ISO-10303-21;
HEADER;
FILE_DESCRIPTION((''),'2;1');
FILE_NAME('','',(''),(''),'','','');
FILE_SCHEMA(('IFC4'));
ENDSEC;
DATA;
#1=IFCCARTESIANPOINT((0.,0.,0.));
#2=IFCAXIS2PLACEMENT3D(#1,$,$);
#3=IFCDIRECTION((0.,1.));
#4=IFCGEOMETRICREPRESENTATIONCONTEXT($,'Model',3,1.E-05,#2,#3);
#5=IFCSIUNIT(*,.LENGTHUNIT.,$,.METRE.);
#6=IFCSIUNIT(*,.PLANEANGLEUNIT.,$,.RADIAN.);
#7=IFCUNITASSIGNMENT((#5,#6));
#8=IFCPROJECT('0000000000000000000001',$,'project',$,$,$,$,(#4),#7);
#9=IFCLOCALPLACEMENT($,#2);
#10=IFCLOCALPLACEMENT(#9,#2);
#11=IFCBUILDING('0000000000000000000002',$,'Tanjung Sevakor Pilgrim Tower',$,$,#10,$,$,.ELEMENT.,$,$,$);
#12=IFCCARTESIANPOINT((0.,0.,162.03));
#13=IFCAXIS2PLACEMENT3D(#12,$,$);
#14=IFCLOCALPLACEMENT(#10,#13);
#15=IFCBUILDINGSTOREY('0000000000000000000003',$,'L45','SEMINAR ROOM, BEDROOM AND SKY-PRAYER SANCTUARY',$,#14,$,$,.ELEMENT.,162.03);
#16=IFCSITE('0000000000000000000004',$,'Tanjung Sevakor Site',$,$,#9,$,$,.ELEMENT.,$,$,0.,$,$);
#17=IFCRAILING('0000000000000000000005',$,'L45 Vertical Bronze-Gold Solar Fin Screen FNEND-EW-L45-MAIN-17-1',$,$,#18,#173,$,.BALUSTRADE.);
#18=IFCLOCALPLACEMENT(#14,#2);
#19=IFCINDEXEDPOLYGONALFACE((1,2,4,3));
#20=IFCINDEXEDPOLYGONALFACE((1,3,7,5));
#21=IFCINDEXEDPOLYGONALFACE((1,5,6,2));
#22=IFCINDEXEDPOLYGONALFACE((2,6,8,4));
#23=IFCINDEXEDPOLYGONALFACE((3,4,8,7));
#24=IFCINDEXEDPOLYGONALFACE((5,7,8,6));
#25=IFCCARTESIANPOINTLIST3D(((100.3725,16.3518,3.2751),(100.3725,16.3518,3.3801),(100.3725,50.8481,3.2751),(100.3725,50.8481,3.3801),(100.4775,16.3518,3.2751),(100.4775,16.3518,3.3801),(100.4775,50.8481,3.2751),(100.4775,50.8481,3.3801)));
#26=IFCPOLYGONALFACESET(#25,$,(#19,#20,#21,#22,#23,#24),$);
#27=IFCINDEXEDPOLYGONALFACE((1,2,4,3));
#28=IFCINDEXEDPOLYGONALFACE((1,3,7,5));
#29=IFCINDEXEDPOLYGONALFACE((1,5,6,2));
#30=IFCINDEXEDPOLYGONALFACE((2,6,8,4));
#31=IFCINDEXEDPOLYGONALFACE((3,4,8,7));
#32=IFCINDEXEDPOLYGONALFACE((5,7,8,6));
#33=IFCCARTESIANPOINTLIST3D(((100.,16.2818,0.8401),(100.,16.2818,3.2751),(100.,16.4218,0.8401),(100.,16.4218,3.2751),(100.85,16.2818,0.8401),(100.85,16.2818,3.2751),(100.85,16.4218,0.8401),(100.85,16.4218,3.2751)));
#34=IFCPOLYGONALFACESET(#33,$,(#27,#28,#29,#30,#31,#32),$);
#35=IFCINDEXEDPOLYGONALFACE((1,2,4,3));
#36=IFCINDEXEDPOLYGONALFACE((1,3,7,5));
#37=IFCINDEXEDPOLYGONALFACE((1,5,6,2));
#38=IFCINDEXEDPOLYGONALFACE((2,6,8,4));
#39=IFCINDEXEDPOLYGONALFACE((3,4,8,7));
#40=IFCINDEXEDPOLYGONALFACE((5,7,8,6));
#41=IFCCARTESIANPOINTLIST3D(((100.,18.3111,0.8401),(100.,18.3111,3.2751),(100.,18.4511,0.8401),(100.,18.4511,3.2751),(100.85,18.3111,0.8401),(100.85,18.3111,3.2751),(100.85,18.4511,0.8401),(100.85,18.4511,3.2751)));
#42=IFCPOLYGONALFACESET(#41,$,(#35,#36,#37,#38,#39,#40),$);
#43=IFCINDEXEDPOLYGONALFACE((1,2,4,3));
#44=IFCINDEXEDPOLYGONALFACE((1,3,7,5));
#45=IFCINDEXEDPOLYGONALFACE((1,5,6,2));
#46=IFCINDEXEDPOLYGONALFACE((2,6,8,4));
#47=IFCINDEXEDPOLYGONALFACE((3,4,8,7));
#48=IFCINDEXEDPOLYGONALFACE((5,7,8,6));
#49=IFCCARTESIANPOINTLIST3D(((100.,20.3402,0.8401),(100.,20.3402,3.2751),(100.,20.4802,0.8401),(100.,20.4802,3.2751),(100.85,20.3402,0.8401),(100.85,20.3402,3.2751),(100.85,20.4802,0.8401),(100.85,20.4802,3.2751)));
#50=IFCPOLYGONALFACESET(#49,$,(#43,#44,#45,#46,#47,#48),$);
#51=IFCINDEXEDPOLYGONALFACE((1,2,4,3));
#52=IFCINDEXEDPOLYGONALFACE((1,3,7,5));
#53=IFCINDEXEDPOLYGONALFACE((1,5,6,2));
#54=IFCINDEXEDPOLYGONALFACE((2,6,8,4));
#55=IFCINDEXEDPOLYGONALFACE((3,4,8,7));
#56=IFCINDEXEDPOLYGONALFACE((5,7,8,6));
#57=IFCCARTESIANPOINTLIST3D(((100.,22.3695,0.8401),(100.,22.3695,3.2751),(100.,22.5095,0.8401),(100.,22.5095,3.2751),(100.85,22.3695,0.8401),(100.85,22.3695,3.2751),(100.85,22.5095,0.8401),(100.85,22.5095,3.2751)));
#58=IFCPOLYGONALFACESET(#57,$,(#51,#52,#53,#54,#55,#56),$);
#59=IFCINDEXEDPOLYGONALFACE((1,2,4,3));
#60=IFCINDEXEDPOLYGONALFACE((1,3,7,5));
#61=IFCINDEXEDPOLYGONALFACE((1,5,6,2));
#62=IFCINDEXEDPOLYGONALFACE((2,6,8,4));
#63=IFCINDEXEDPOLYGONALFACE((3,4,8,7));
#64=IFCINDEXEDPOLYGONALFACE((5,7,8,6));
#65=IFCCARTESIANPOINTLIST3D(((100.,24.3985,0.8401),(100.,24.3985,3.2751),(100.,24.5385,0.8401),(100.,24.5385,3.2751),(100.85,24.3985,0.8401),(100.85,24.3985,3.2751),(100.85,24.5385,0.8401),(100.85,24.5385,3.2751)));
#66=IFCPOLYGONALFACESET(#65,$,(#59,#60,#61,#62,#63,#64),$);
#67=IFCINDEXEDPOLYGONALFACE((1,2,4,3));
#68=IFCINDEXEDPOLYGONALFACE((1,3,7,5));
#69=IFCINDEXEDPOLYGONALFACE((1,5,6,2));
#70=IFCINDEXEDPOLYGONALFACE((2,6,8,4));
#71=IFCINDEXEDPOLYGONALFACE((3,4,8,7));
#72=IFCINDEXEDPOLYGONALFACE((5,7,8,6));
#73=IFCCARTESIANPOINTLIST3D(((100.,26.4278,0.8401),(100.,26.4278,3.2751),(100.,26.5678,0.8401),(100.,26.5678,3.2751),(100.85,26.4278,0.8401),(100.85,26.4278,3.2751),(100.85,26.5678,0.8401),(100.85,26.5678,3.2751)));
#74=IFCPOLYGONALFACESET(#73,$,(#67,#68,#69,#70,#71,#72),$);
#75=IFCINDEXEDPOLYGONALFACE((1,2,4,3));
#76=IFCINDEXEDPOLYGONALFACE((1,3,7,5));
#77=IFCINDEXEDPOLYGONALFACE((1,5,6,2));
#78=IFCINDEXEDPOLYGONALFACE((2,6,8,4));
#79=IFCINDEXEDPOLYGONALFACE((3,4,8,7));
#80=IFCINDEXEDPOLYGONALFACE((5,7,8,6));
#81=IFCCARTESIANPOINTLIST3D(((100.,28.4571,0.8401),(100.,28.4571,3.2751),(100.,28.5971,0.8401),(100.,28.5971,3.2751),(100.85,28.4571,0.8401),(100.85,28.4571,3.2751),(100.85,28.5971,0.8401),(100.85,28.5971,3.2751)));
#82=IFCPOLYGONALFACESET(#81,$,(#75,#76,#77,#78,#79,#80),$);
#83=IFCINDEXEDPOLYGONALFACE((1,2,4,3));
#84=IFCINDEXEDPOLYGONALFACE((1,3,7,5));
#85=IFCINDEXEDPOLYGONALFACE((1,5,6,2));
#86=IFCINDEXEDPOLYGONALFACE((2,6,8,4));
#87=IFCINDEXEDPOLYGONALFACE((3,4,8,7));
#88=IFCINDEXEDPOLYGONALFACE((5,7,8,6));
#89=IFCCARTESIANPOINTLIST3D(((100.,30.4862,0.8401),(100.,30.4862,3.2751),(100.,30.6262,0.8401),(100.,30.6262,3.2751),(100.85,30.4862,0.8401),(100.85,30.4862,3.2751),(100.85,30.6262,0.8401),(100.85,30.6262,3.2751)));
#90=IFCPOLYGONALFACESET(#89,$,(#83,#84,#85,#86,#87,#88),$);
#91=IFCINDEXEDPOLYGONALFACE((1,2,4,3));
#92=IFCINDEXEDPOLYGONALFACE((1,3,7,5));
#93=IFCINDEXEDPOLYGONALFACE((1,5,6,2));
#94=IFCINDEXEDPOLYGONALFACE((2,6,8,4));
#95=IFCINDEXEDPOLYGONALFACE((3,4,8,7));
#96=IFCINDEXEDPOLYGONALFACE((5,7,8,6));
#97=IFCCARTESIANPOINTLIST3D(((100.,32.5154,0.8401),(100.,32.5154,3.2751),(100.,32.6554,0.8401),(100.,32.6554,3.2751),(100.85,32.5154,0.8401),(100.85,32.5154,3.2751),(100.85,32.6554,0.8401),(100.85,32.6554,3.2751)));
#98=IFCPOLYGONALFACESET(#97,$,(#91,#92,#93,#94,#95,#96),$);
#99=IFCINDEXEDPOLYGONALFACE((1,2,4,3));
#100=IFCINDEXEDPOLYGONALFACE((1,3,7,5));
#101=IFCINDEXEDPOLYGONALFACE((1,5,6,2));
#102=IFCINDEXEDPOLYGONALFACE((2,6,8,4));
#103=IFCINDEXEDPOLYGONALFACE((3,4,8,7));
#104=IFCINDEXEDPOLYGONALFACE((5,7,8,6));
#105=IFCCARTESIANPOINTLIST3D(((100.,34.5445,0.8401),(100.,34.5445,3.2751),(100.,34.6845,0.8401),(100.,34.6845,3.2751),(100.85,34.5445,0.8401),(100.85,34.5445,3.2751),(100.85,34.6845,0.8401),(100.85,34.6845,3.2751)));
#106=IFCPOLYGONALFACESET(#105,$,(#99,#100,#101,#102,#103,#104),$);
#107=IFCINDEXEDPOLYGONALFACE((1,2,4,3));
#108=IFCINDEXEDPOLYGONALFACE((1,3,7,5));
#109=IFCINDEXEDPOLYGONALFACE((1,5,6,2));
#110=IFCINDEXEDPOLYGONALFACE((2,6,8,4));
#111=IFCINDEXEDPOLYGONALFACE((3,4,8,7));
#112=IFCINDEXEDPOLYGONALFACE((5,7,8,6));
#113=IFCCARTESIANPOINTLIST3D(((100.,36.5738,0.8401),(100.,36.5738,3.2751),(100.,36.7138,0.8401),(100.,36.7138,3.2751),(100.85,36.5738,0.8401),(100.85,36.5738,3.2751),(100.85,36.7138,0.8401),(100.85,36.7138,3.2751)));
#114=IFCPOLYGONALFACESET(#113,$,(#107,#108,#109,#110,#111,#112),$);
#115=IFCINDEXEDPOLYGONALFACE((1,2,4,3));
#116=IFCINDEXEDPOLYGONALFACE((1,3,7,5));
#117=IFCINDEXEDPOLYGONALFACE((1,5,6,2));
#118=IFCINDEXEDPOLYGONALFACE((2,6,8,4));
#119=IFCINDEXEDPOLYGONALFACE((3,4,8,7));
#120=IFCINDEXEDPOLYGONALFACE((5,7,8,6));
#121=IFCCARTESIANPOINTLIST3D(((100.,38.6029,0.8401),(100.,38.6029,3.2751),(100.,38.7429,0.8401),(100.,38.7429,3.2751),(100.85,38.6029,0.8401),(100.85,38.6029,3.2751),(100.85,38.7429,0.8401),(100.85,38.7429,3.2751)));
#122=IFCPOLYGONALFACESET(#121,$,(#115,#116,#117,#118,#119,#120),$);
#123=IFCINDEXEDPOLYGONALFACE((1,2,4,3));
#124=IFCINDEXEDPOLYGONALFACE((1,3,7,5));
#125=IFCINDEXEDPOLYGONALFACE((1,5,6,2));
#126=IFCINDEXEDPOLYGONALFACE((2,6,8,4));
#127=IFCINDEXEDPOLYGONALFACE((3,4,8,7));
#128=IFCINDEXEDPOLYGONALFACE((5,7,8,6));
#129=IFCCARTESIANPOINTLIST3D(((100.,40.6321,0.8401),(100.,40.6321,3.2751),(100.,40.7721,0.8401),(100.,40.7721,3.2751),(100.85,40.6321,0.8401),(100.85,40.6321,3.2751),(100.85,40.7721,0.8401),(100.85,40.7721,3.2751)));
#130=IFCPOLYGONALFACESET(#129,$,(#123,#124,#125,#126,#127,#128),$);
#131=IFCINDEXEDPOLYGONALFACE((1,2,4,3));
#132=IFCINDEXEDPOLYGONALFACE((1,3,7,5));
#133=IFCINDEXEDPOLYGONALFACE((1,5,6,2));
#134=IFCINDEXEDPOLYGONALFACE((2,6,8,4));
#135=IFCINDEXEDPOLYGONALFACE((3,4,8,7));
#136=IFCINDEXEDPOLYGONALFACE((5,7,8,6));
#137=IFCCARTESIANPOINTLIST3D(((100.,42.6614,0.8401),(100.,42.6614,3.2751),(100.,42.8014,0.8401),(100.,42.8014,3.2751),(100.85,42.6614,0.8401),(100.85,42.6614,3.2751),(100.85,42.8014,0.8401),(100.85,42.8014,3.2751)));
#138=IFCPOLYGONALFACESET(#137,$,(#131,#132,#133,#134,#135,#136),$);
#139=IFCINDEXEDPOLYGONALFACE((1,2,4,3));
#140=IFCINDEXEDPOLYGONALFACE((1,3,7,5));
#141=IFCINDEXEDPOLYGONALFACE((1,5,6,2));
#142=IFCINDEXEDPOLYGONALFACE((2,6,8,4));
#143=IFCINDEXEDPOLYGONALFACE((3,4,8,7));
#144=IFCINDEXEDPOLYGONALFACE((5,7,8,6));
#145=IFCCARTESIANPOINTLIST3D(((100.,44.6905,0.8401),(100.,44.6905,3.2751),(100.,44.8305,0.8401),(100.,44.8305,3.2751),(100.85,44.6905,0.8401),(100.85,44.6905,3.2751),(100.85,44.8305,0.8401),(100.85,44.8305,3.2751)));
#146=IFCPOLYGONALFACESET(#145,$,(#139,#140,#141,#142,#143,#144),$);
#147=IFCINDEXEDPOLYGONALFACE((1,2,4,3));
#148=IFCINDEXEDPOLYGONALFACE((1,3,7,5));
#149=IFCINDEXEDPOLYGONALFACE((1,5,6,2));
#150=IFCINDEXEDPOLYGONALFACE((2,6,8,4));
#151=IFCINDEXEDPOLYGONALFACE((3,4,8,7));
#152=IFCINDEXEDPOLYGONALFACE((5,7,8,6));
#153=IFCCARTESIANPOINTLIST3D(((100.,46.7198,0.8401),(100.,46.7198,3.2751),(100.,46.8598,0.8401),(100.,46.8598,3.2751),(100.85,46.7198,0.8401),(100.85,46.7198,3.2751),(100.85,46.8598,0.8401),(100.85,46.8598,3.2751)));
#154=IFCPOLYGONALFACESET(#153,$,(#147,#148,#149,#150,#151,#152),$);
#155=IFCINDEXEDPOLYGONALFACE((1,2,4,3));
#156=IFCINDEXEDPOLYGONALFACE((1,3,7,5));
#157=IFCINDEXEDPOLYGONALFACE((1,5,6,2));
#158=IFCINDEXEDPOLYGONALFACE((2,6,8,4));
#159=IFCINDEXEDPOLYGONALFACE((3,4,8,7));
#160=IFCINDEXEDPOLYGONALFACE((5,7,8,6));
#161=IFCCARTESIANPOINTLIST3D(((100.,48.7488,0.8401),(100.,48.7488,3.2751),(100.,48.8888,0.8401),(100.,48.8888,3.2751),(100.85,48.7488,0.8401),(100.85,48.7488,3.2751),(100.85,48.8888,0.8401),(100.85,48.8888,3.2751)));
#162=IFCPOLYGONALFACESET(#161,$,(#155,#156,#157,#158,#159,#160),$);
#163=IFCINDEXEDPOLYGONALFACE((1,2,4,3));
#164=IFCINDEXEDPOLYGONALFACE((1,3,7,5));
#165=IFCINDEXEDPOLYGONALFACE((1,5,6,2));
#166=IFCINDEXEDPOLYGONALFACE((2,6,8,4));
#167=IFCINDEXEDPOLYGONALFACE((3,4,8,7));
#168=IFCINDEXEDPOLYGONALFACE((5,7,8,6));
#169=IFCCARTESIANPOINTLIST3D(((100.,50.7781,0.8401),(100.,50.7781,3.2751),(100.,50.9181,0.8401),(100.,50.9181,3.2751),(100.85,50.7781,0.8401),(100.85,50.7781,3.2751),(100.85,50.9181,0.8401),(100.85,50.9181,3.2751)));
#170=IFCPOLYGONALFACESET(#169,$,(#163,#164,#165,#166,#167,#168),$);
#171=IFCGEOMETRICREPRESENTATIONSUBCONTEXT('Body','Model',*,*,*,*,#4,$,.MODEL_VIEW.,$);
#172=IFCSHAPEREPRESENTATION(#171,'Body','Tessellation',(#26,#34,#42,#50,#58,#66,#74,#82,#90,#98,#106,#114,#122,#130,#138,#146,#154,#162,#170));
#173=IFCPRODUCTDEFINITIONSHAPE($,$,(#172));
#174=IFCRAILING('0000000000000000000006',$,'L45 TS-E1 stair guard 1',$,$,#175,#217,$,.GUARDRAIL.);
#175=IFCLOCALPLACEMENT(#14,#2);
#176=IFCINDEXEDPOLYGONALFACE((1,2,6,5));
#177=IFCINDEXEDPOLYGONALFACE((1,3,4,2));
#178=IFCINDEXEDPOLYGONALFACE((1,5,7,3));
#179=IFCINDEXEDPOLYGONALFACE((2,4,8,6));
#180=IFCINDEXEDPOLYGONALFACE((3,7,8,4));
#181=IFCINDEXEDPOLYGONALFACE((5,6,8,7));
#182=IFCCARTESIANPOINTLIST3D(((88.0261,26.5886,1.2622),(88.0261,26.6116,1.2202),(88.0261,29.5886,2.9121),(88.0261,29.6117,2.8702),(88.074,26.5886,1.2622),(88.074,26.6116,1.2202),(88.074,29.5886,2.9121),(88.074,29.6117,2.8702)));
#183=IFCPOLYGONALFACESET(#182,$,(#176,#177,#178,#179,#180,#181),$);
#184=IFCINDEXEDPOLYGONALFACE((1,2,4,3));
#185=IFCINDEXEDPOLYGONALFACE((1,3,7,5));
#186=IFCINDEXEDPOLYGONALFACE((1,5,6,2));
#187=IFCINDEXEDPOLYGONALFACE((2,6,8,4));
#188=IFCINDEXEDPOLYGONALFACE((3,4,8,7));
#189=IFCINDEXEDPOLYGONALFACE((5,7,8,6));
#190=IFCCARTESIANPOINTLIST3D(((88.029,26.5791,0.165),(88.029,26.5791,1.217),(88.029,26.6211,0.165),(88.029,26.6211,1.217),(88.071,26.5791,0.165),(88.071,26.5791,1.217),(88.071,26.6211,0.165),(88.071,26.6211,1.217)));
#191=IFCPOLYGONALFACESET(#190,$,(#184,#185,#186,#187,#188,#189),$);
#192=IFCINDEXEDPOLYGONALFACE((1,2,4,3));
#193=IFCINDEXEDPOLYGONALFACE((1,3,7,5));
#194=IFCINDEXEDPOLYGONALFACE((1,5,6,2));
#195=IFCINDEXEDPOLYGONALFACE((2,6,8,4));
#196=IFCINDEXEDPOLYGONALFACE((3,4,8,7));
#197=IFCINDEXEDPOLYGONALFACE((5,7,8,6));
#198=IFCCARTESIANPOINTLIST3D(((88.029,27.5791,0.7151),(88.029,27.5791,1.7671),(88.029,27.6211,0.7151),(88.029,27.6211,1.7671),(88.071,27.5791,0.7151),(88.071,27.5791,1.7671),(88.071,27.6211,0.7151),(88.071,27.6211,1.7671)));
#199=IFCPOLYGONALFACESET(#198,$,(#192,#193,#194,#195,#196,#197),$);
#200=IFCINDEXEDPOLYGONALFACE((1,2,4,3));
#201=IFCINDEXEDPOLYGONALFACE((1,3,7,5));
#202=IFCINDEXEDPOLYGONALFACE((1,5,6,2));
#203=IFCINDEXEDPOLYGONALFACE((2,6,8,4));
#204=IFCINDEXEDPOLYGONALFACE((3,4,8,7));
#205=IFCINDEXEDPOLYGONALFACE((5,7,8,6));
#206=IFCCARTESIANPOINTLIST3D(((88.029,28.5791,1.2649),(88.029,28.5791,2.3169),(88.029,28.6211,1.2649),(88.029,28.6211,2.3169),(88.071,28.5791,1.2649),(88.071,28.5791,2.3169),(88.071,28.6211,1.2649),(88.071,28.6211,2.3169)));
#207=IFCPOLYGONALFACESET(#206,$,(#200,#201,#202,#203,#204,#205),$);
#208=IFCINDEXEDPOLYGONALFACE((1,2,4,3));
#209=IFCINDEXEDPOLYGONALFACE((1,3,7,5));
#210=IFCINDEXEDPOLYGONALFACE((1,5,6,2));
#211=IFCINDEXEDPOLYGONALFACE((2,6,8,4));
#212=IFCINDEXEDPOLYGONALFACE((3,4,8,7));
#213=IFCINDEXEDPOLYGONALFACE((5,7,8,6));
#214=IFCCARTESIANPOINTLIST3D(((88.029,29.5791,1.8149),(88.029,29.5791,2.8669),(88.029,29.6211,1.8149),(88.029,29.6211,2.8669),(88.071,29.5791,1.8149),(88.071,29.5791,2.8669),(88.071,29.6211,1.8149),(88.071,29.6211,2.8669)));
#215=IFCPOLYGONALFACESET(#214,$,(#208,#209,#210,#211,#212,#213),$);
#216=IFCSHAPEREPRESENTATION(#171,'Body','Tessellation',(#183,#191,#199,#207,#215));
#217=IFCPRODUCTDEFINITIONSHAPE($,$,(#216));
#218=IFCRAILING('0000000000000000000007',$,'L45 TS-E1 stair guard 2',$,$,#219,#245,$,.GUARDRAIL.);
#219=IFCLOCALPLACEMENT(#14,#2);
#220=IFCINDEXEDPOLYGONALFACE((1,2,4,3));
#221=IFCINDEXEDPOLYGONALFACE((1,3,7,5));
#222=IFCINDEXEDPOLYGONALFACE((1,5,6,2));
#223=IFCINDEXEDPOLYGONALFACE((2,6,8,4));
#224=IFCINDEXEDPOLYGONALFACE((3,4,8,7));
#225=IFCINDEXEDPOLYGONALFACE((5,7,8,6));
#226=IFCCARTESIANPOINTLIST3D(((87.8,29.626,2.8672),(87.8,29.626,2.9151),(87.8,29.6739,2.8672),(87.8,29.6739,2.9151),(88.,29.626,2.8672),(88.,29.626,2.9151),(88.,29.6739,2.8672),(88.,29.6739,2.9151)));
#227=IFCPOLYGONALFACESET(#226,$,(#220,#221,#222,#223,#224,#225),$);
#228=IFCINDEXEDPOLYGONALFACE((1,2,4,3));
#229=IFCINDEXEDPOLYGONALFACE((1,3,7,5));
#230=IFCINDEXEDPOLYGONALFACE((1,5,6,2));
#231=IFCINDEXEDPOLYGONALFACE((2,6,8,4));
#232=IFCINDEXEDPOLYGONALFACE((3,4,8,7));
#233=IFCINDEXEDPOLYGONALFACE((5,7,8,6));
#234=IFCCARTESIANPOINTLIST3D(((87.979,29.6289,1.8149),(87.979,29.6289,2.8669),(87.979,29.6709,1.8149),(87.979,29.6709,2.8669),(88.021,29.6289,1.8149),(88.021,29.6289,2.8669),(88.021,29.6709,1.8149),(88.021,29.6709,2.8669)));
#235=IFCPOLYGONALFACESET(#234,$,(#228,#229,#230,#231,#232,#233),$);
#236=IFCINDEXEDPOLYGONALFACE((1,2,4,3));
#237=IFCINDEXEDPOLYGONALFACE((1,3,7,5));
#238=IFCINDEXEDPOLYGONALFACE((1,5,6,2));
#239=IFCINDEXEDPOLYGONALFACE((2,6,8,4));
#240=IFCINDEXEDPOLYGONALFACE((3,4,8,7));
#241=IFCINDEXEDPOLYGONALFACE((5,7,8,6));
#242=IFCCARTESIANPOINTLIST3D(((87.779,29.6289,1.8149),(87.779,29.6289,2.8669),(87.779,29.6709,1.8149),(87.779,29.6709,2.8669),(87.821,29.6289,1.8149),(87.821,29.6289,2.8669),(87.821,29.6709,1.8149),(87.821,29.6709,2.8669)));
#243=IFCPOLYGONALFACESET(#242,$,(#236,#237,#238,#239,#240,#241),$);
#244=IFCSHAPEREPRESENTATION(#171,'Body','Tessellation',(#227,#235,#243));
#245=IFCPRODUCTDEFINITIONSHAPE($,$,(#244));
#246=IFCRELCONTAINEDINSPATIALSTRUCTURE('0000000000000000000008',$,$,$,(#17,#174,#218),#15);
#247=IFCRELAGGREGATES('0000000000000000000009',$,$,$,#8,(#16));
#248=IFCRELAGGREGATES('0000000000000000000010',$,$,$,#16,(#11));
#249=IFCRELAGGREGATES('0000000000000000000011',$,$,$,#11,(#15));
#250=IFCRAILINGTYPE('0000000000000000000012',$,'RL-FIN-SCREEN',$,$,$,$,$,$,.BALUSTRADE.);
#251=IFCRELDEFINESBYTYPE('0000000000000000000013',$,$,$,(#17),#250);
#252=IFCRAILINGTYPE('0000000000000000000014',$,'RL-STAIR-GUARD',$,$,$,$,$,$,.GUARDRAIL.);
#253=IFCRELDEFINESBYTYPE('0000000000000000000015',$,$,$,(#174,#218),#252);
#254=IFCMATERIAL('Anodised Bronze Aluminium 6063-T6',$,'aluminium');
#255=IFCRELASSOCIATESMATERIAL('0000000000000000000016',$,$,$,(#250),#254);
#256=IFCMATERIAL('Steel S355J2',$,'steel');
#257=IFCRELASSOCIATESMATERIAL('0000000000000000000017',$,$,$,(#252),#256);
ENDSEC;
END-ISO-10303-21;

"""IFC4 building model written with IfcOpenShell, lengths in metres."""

from ifc_helpers import new_model, si_unit, direction, frame, origin, place, context, subcontext, project, spatial, rectangle, extrude, material, type_object, element, save


model = new_model("IFC4")

# Units and contexts
model_context = context("Model", 3, precision=1e-05, world=origin(), true_north=direction((0.0, 1.0)))
body_context = subcontext(model_context, "Body", "Model", "MODEL_VIEW")
ifc_project = project(units=[si_unit("LENGTHUNIT", "METRE"), si_unit("PLANEANGLEUNIT", "RADIAN")], contexts=[model_context])

# Site, building, storey
site_placement = place(None, origin())
site = spatial("IfcSite", under=ifc_project, at=site_placement, Name="Tanjung Sevakor Site", CompositionType="ELEMENT", RefElevation=0.0)
building_placement = place(site_placement, origin())
building = spatial("IfcBuilding", under=site, at=building_placement, Name="Tanjung Sevakor Pilgrim Tower", CompositionType="ELEMENT")
storey_placement = place(building_placement, frame((0.0, 0.0, 162.03)))
storey = spatial("IfcBuildingStorey", under=building, at=storey_placement, Name="L45", Description="SEMINAR ROOM, BEDROOM AND SKY-PRAYER SANCTUARY", CompositionType="ELEMENT", Elevation=162.03)

# Railings
ifc_material_1 = material(Name="Anodised Bronze Aluminium 6063-T6", Category="aluminium")
railing_type_1 = type_object("IfcRailingType", Name="RL-FIN-SCREEN", PredefinedType="BALUSTRADE", material=ifc_material_1)
railing_1_placement = place(storey_placement, frame((100.425, 16.3518, 0.8401)))
element("IfcRailing", 1, at=railing_1_placement, inside=storey, type_object=railing_type_1, Name="L45 Vertical Bronze-Gold Solar Fin Screen FNEND-EW-L45-MAIN-17-1", PredefinedType="BALUSTRADE", context=body_context, shape_type="SweptSolid", body=[
    extrude(rectangle(XDim=0.105, YDim=0.105), frame((0.0, 0.0, 2.4875), z_axis=(0.0, 1.0, 0.0), x_axis=(-1.0, 0.0, 0.0)), (0.0, 0.0, 1.0), 34.4963),
    extrude(rectangle(XDim=0.85, YDim=0.14), origin(), (0.0, 0.0, 1.0), 2.4351),
    extrude(rectangle(XDim=0.85, YDim=0.14), frame((0.0, 2.0293, 0.0)), (0.0, 0.0, 1.0), 2.4351),
    extrude(rectangle(XDim=0.85, YDim=0.14), frame((0.0, 4.0583, 0.0)), (0.0, 0.0, 1.0), 2.4351),
    extrude(rectangle(XDim=0.85, YDim=0.14), frame((0.0, 6.0876, 0.0)), (0.0, 0.0, 1.0), 2.4351),
    extrude(rectangle(XDim=0.85, YDim=0.14), frame((0.0, 8.1167, 0.0)), (0.0, 0.0, 1.0), 2.4351),
    extrude(rectangle(XDim=0.85, YDim=0.14), frame((0.0, 10.146, 0.0)), (0.0, 0.0, 1.0), 2.4351),
    extrude(rectangle(XDim=0.85, YDim=0.14), frame((0.0, 12.1753, 0.0)), (0.0, 0.0, 1.0), 2.4351),
    extrude(rectangle(XDim=0.85, YDim=0.14), frame((0.0, 14.2043, 0.0)), (0.0, 0.0, 1.0), 2.4351),
    extrude(rectangle(XDim=0.85, YDim=0.14), frame((0.0, 16.2336, 0.0)), (0.0, 0.0, 1.0), 2.4351),
    extrude(rectangle(XDim=0.85, YDim=0.14), frame((0.0, 18.2627, 0.0)), (0.0, 0.0, 1.0), 2.4351),
    extrude(rectangle(XDim=0.85, YDim=0.14), frame((0.0, 20.292, 0.0)), (0.0, 0.0, 1.0), 2.4351),
    extrude(rectangle(XDim=0.85, YDim=0.14), frame((0.0, 22.321, 0.0)), (0.0, 0.0, 1.0), 2.4351),
    extrude(rectangle(XDim=0.85, YDim=0.14), frame((0.0, 24.3503, 0.0)), (0.0, 0.0, 1.0), 2.4351),
    extrude(rectangle(XDim=0.85, YDim=0.14), frame((0.0, 26.3796, 0.0)), (0.0, 0.0, 1.0), 2.4351),
    extrude(rectangle(XDim=0.85, YDim=0.14), frame((0.0, 28.4087, 0.0)), (0.0, 0.0, 1.0), 2.4351),
    extrude(rectangle(XDim=0.85, YDim=0.14), frame((0.0, 30.438, 0.0)), (0.0, 0.0, 1.0), 2.4351),
    extrude(rectangle(XDim=0.85, YDim=0.14), frame((0.0, 32.467, 0.0)), (0.0, 0.0, 1.0), 2.4351),
    extrude(rectangle(XDim=0.85, YDim=0.14), frame((0.0, 34.4963, 0.0)), (0.0, 0.0, 1.0), 2.4351),
])
ifc_material_2 = material(Name="Steel S355J2", Category="steel")
railing_type_2 = type_object("IfcRailingType", Name="RL-STAIR-GUARD", PredefinedType="GUARDRAIL", material=ifc_material_2)
railing_2_placement = place(storey_placement, frame((88.05, 26.6001, 0.165)))
element("IfcRailing", 2, at=railing_2_placement, inside=storey, type_object=railing_type_2, Name="L45 TS-E1 stair guard 1", PredefinedType="GUARDRAIL", context=body_context, shape_type="SweptSolid", body=[
    extrude(rectangle(XDim=0.0479, YDim=0.0479), frame((0.0, 0.0, 1.0762), z_axis=(0.0, 0.876228, 0.481897), x_axis=(-1.0, 0.0, 0.0)), (0.0, 0.0, 1.0), 3.4238),
    extrude(rectangle(XDim=0.042, YDim=0.042), origin(), (0.0, 0.0, 1.0), 1.052),
    extrude(rectangle(XDim=0.042, YDim=0.042), frame((0.0, 1.0, 0.55)), (0.0, 0.0, 1.0), 1.052),
    extrude(rectangle(XDim=0.042, YDim=0.042), frame((0.0, 2.0, 1.0999)), (0.0, 0.0, 1.0), 1.052),
    extrude(rectangle(XDim=0.042, YDim=0.042), frame((0.0, 3.0, 1.6499)), (0.0, 0.0, 1.0), 1.052),
])
railing_3_placement = place(storey_placement, frame((88.0, 29.6499, 1.8149)))
element("IfcRailing", 3, at=railing_3_placement, inside=storey, type_object=railing_type_2, Name="L45 TS-E1 stair guard 2", PredefinedType="GUARDRAIL", context=body_context, shape_type="SweptSolid", body=[
    extrude(rectangle(XDim=0.0479, YDim=0.0479), frame((0.0, 0.0, 1.0762), z_axis=(-1.0, 0.0, 0.0), x_axis=(0.0, -1.0, 0.0)), (0.0, 0.0, 1.0), 0.2),
    extrude(rectangle(XDim=0.042, YDim=0.042), origin(), (0.0, 0.0, 1.0), 1.052),
    extrude(rectangle(XDim=0.042, YDim=0.042), frame((-0.2, 0.0, 0.0)), (0.0, 0.0, 1.0), 1.052),
])

save(model, "model.ifc")
